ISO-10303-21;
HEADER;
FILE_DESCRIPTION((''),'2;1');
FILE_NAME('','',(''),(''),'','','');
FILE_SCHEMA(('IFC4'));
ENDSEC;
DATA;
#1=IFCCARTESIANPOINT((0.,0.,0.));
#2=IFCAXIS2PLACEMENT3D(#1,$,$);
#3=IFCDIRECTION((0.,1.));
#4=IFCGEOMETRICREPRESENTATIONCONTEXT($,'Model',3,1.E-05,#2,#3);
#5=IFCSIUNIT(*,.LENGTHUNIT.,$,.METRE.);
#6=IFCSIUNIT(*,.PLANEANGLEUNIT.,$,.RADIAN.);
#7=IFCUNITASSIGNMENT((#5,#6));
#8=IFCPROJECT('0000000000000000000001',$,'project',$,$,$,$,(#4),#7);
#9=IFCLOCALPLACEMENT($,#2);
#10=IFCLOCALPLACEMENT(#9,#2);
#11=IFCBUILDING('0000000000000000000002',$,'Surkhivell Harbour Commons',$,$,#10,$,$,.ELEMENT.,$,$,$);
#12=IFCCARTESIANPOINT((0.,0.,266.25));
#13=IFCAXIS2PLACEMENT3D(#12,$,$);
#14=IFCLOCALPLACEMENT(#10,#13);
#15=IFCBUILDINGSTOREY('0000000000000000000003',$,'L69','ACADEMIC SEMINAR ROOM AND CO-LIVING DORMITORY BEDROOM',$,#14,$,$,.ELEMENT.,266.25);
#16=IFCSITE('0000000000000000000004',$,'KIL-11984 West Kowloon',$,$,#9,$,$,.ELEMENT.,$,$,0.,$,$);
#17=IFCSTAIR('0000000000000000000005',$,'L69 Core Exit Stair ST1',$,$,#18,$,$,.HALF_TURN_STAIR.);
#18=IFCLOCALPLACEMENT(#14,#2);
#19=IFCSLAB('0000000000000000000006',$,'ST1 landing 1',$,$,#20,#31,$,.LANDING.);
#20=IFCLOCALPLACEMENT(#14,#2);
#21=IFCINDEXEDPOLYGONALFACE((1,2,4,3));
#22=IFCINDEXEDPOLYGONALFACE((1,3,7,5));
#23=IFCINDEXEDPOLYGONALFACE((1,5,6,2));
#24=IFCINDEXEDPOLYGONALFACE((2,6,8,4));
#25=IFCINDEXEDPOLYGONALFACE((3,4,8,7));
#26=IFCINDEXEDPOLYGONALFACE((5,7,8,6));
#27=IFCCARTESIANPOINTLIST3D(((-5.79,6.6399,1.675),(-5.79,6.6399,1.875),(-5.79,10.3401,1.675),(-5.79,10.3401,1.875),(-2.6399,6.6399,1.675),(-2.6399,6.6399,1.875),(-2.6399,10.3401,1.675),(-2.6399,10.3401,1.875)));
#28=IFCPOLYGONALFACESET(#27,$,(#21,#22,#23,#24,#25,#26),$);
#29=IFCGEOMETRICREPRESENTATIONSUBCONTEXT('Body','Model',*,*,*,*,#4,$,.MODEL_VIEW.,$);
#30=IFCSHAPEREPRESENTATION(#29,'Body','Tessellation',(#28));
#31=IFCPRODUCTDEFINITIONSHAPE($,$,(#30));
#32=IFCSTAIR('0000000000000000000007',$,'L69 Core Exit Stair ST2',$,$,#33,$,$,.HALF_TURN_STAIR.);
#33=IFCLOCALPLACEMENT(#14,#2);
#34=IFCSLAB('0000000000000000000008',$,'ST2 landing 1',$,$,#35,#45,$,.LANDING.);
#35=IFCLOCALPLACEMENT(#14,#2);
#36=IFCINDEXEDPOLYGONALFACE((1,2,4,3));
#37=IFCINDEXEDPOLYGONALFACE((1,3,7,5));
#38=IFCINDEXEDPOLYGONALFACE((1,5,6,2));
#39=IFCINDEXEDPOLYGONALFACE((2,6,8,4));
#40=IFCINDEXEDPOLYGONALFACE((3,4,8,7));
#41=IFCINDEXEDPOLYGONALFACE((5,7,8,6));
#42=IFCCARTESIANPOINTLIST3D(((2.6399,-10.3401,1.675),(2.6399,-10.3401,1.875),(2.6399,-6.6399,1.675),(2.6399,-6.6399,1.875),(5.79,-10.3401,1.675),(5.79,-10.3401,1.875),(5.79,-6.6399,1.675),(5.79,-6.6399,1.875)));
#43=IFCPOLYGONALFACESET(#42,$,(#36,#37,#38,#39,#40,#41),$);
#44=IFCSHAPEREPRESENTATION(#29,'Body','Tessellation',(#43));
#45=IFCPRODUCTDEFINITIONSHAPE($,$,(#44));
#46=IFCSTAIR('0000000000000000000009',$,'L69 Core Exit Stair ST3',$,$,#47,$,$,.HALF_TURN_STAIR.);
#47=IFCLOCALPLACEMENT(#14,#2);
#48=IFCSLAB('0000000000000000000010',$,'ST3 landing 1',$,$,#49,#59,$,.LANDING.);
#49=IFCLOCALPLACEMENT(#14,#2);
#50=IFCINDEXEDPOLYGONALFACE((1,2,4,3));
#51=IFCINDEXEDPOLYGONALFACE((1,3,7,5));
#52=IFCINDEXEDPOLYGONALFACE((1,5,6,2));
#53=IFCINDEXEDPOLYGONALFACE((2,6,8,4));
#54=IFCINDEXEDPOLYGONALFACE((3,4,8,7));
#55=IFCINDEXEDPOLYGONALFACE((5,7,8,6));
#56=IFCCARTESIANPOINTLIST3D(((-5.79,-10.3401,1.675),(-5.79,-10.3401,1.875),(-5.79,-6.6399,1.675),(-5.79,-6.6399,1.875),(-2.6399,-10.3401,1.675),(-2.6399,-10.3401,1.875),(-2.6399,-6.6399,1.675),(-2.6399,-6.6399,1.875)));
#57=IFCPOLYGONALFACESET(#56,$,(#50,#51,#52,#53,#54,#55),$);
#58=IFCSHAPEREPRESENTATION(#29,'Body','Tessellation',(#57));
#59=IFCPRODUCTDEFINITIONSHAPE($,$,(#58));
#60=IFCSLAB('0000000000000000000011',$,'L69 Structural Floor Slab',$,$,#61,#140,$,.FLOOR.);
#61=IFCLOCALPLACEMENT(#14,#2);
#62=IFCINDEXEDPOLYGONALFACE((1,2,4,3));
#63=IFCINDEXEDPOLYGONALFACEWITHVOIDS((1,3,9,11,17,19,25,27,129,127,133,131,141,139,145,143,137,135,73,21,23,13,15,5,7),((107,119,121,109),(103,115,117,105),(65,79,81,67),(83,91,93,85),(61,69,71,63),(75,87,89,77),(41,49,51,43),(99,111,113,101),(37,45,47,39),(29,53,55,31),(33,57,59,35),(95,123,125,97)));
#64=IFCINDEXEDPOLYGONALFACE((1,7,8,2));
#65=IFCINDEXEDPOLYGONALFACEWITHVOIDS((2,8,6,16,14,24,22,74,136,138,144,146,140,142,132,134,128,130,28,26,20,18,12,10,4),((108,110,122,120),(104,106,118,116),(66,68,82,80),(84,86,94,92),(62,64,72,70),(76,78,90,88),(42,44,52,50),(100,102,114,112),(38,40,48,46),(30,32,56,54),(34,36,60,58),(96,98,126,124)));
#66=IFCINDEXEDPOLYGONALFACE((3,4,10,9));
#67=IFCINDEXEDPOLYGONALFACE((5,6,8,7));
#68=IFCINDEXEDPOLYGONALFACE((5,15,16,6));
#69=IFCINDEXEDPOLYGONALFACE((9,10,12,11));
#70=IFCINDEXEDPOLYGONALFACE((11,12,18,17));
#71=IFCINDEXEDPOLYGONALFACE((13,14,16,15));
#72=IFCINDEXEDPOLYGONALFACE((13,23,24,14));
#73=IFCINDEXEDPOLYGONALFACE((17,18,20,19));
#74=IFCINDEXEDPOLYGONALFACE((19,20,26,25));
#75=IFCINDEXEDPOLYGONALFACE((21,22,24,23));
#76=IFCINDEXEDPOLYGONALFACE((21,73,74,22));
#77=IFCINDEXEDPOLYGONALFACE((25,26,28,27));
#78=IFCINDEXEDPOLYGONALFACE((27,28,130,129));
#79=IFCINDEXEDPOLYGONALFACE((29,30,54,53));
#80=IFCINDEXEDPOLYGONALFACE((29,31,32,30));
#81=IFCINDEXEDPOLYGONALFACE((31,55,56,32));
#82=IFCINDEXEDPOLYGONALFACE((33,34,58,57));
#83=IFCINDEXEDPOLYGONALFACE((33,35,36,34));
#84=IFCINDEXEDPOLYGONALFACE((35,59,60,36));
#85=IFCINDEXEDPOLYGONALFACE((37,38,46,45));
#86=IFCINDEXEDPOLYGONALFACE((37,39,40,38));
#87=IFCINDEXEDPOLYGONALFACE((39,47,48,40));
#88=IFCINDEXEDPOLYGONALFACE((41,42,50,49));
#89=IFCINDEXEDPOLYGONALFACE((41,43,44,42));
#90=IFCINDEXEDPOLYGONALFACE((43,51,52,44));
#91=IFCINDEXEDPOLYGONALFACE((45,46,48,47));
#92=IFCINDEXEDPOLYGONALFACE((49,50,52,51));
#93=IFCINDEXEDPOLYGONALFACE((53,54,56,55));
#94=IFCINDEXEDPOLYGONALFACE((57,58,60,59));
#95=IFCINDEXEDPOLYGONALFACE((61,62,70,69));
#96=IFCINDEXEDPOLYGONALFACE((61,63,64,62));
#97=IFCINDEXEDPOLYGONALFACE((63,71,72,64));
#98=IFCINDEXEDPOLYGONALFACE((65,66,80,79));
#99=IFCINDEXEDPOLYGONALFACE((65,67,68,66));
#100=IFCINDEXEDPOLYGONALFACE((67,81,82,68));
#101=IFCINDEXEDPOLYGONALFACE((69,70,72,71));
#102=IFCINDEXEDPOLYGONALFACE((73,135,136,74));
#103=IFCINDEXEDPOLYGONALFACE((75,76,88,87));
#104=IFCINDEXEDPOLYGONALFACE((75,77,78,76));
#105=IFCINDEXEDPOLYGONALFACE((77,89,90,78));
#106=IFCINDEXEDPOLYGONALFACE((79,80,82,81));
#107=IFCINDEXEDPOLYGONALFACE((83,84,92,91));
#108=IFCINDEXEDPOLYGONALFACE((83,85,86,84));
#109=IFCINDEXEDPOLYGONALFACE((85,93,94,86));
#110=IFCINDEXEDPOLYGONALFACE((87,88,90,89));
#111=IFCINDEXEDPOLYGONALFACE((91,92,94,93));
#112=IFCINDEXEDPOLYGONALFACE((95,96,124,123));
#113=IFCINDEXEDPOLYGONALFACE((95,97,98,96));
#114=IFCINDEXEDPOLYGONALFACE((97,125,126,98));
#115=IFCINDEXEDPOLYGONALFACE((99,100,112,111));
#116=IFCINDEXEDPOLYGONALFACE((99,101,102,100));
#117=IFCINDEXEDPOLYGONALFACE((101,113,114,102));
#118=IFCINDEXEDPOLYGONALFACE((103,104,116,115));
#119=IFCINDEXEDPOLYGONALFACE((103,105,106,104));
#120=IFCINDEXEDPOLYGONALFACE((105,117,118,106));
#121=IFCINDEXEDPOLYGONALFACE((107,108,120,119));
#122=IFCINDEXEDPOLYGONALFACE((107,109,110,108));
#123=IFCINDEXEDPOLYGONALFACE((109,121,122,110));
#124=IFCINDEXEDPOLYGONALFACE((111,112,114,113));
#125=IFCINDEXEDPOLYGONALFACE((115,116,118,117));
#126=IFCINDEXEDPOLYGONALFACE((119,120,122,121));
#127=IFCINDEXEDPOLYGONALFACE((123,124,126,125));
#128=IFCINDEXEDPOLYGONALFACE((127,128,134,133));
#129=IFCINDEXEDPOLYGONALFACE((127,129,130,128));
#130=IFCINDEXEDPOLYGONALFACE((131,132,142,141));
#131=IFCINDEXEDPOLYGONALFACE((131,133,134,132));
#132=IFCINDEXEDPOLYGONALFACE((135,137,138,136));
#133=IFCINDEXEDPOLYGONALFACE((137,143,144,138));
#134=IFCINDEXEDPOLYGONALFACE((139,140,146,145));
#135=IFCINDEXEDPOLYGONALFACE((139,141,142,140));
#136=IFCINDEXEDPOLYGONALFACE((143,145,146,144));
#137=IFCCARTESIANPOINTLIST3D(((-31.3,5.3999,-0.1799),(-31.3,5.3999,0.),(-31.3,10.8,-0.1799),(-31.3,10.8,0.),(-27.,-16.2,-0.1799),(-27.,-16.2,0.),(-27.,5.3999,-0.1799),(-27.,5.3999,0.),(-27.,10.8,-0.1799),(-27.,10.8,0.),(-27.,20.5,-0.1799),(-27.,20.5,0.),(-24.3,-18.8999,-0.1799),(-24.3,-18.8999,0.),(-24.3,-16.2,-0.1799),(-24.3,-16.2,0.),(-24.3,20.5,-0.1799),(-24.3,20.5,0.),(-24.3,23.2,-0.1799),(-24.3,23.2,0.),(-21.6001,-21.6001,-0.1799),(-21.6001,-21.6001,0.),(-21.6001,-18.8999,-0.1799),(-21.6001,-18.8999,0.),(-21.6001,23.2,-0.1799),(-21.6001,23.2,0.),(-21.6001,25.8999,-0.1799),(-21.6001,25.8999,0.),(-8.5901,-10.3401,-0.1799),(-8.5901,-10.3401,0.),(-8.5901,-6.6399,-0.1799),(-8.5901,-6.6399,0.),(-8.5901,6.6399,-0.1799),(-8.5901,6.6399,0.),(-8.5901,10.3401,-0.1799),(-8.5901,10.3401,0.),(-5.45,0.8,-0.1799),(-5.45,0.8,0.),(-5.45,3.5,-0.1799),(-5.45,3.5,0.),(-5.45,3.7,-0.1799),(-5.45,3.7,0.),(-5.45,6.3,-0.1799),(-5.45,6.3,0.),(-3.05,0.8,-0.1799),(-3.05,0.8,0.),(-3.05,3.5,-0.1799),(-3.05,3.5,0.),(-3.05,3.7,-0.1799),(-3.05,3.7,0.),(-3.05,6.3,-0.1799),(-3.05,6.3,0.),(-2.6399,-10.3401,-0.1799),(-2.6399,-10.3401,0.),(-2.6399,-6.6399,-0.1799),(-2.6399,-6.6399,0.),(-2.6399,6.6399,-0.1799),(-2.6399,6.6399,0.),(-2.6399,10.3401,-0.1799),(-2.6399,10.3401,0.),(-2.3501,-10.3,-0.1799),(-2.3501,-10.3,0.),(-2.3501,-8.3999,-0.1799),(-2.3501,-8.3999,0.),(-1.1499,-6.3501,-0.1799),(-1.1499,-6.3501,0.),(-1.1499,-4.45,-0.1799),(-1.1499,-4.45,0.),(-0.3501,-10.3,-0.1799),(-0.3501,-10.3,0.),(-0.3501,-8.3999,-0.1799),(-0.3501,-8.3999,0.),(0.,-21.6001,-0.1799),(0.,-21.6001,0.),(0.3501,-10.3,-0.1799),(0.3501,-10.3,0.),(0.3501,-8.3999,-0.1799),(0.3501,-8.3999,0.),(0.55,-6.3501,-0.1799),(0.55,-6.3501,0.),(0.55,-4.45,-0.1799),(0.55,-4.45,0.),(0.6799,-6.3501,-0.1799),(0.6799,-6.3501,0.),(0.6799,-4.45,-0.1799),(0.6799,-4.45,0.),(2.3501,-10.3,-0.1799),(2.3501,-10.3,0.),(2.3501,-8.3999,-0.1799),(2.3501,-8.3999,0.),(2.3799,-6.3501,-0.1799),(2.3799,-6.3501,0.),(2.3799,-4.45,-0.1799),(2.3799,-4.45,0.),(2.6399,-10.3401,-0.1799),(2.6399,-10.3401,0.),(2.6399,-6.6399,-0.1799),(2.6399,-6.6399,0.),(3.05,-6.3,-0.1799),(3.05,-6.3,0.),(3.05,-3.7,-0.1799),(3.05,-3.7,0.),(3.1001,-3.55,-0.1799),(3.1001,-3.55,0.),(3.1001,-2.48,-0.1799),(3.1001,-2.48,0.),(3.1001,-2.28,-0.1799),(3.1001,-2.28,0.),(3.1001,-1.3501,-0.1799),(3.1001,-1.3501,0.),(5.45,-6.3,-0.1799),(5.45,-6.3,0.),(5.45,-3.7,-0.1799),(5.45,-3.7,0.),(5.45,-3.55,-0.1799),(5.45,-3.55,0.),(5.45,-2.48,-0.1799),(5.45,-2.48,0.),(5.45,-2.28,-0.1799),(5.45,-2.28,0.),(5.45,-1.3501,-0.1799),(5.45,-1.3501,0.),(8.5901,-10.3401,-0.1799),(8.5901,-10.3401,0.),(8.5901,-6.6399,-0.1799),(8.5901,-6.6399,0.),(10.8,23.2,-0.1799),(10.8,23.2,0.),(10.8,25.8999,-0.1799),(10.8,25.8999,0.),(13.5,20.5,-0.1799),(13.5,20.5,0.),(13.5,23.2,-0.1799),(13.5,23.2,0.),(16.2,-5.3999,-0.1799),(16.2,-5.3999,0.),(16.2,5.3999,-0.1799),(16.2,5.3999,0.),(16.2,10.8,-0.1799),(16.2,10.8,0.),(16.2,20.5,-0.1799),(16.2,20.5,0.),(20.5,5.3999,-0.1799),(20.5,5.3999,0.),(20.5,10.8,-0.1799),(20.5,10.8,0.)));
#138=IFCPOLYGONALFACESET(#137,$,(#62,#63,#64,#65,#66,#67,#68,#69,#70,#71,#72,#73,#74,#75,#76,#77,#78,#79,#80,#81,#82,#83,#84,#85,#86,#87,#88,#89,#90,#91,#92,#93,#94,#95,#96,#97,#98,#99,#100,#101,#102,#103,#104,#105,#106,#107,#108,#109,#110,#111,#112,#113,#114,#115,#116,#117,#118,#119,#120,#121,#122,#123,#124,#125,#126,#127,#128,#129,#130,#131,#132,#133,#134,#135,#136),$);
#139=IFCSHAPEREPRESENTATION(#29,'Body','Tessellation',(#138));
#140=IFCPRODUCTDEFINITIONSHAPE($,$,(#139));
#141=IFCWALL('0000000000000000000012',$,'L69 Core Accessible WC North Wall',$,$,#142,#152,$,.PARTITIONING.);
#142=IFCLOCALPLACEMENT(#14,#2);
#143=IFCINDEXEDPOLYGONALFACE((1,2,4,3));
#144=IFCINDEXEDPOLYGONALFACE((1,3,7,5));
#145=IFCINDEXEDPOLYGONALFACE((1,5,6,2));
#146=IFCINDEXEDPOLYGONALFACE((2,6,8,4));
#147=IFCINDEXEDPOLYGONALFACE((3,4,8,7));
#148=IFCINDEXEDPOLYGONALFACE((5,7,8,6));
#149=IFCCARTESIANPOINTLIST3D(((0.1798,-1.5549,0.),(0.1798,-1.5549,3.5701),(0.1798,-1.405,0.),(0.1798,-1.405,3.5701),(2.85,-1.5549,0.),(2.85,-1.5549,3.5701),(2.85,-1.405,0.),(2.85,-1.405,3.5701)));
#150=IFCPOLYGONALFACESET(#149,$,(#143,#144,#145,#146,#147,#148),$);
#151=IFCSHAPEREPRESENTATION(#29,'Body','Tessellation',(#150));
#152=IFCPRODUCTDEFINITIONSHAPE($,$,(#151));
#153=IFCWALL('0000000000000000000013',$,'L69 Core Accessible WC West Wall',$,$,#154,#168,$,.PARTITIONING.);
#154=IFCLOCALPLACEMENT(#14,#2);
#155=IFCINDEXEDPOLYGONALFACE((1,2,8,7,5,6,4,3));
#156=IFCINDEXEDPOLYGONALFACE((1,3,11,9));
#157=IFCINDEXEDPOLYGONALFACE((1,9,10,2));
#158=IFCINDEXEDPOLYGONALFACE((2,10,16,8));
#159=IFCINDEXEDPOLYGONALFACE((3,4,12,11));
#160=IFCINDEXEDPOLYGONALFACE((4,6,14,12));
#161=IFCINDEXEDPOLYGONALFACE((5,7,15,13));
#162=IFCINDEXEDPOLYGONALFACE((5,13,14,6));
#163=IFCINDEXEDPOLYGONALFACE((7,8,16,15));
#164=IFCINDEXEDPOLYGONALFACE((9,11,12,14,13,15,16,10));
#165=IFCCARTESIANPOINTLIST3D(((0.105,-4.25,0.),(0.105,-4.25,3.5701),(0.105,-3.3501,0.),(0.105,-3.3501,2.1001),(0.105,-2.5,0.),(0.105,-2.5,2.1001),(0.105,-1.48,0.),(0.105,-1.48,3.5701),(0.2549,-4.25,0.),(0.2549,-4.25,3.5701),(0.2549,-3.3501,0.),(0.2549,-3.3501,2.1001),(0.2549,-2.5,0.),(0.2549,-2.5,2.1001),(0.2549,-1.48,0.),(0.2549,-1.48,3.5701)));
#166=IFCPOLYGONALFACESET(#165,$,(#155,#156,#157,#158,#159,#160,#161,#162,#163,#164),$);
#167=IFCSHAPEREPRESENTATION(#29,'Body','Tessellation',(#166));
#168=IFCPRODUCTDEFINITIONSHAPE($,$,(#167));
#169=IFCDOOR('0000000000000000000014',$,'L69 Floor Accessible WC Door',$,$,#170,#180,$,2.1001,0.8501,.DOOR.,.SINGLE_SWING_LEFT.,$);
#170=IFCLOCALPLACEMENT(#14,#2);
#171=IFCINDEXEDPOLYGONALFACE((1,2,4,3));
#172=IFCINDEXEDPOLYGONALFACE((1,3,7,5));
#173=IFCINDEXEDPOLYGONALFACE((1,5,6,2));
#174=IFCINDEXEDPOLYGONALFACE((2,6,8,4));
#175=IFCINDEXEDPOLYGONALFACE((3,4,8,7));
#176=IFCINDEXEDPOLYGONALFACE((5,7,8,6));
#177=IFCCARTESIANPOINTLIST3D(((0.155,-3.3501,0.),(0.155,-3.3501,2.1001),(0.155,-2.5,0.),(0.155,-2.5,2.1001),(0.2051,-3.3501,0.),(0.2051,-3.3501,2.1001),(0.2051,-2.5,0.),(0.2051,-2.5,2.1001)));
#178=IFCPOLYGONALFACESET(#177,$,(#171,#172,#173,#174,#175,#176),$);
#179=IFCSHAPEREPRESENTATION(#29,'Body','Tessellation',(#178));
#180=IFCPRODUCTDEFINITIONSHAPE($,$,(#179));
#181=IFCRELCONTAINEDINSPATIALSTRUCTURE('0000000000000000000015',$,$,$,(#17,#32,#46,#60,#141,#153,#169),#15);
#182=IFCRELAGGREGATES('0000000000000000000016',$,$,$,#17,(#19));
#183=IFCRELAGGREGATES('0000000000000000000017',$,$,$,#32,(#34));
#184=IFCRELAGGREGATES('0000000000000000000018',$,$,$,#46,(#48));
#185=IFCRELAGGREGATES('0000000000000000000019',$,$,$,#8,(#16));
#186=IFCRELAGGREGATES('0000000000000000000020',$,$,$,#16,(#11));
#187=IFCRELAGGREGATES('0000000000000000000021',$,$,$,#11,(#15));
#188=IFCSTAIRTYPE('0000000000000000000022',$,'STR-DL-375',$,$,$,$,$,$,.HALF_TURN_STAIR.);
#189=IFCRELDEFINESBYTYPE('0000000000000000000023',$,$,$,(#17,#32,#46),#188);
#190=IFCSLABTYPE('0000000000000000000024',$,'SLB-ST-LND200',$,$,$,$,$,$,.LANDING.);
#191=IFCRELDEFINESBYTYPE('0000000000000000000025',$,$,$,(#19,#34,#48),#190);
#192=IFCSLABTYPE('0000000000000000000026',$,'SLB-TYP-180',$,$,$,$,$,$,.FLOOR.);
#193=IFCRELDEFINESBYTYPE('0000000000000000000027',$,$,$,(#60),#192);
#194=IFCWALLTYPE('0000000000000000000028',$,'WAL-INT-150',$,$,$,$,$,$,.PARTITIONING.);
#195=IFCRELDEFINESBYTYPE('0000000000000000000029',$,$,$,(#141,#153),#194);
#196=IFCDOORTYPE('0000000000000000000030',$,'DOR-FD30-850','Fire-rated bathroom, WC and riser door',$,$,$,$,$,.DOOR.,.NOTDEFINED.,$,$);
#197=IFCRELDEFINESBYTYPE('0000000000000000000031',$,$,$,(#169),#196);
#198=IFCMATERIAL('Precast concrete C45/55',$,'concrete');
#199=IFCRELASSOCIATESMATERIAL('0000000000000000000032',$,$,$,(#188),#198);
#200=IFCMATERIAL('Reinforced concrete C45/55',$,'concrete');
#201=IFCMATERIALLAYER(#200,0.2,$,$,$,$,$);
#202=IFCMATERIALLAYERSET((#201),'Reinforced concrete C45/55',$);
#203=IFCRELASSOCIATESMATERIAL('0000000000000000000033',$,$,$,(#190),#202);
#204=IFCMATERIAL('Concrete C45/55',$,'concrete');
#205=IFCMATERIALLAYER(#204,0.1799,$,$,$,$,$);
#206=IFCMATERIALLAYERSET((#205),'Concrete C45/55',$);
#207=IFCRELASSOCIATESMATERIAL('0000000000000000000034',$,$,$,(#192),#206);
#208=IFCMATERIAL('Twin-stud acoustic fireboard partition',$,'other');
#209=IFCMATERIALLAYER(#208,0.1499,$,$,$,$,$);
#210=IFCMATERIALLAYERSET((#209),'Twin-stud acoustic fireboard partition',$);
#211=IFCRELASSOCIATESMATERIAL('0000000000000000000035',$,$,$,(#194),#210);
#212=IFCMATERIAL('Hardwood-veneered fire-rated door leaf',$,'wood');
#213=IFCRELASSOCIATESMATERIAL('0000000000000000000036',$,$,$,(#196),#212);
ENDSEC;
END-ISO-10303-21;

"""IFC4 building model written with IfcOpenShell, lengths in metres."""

from ifc_helpers import new_model, si_unit, direction, frame, frame_2d, origin, place, context, subcontext, project, spatial, polyline, rectangle, outline, extrude, material, layer, layer_set, type_object, element, fill, aggregate, save


model = new_model("IFC4")

# Units and contexts
model_context = context("Model", 3, precision=1e-05, world=origin(), true_north=direction((0.0, 1.0)))
body_context = subcontext(model_context, "Body", "Model", "MODEL_VIEW")
ifc_project = project(units=[si_unit("LENGTHUNIT", "METRE"), si_unit("PLANEANGLEUNIT", "RADIAN")], contexts=[model_context])

# Site, building, storey
site_placement = place(None, origin())
site = spatial("IfcSite", under=ifc_project, at=site_placement, Name="KIL-11984 West Kowloon", CompositionType="ELEMENT", RefElevation=0.0)
building_placement = place(site_placement, origin())
building = spatial("IfcBuilding", under=site, at=building_placement, Name="Surkhivell Harbour Commons", CompositionType="ELEMENT")
storey_placement = place(building_placement, frame((0.0, 0.0, 266.25)))
storey = spatial("IfcBuildingStorey", under=building, at=storey_placement, Name="L69", Description="ACADEMIC SEMINAR ROOM AND CO-LIVING DORMITORY BEDROOM", CompositionType="ELEMENT", Elevation=266.25)

# Stairs, slabs
ifc_material_1 = material(Name="Precast concrete C45/55", Category="concrete")
stair_type = type_object("IfcStairType", Name="STR-DL-375", PredefinedType="HALF_TURN_STAIR", material=ifc_material_1)
stair_1_placement = place(storey_placement, origin())
stair_1 = element("IfcStair", 1, at=stair_1_placement, inside=storey, type_object=stair_type, Name="L69 Core Exit Stair ST1", PredefinedType="HALF_TURN_STAIR")
ifc_material_2 = material(Name="Reinforced concrete C45/55", Category="concrete")
ifc_layer_1 = layer(ifc_material_2, 0.2)
ifc_layer_set_1 = layer_set([ifc_layer_1], Name="Reinforced concrete C45/55")
slab_type_1 = type_object("IfcSlabType", Name="SLB-ST-LND200", PredefinedType="LANDING", material=ifc_layer_set_1)
slab_1_placement = place(storey_placement, frame((0.0, 0.0, 1.675)))
slab_1 = element("IfcSlab", 2, at=slab_1_placement, type_object=slab_type_1, Name="ST1 landing 1", PredefinedType="LANDING", context=body_context, shape_type="SweptSolid", body=[
    extrude(outline(polyline([(-5.79, 6.6399), (-2.6399, 6.6399), (-2.6399, 10.3401), (-5.79, 10.3401), (-5.79, 6.6399)])), origin(), (0.0, 0.0, 1.0), 0.2),
])
aggregate(stair_1, [slab_1])
stair_2_placement = place(storey_placement, origin())
stair_2 = element("IfcStair", 3, at=stair_2_placement, inside=storey, type_object=stair_type, Name="L69 Core Exit Stair ST2", PredefinedType="HALF_TURN_STAIR")
slab_2_placement = place(storey_placement, frame((0.0, 0.0, 1.675)))
slab_2 = element("IfcSlab", 4, at=slab_2_placement, type_object=slab_type_1, Name="ST2 landing 1", PredefinedType="LANDING", context=body_context, shape_type="SweptSolid", body=[
    extrude(outline(polyline([(5.79, -6.6399), (2.6399, -6.6399), (2.6399, -10.3401), (5.79, -10.3401), (5.79, -6.6399)])), origin(), (0.0, 0.0, 1.0), 0.2),
])
aggregate(stair_2, [slab_2])
stair_3_placement = place(storey_placement, origin())
stair_3 = element("IfcStair", 5, at=stair_3_placement, inside=storey, type_object=stair_type, Name="L69 Core Exit Stair ST3", PredefinedType="HALF_TURN_STAIR")
slab_3_placement = place(storey_placement, frame((0.0, 0.0, 1.675)))
slab_3 = element("IfcSlab", 6, at=slab_3_placement, type_object=slab_type_1, Name="ST3 landing 1", PredefinedType="LANDING", context=body_context, shape_type="SweptSolid", body=[
    extrude(outline(polyline([(-5.79, -10.3401), (-2.6399, -10.3401), (-2.6399, -6.6399), (-5.79, -6.6399), (-5.79, -10.3401)])), origin(), (0.0, 0.0, 1.0), 0.2),
])
aggregate(stair_3, [slab_3])

# Slab
ifc_material_3 = material(Name="Concrete C45/55", Category="concrete")
ifc_layer_2 = layer(ifc_material_3, 0.1799)
ifc_layer_set_2 = layer_set([ifc_layer_2], Name="Concrete C45/55")
slab_type_2 = type_object("IfcSlabType", Name="SLB-TYP-180", PredefinedType="FLOOR", material=ifc_layer_set_2)
slab_4_placement = place(storey_placement, frame((0.0, 0.0, -0.1799)))
element("IfcSlab", 7, at=slab_4_placement, inside=storey, type_object=slab_type_2, Name="L69 Structural Floor Slab", PredefinedType="FLOOR", context=body_context, shape_type="SweptSolid", body=[
    extrude(outline(polyline([(-27.0, 20.5), (-27.0, 10.8), (-31.3, 10.8), (-31.3, 5.3999), (-27.0, 5.3999), (-27.0, -16.2), (-24.3, -16.2), (-24.3, -18.8999), (-21.6001, -18.8999), (-21.6001, -21.6001), (0.0, -21.6001), (16.2, -5.3999), (16.2, 5.3999), (20.5, 5.3999), (20.5, 10.8), (16.2, 10.8), (16.2, 20.5), (13.5, 20.5), (13.5, 23.2), (10.8, 23.2), (10.8, 25.8999), (-21.6001, 25.8999), (-21.6001, 23.2), (-24.3, 23.2), (-24.3, 20.5), (-27.0, 20.5)]), holes=[polyline([(-8.5901, 6.6399), (-2.6399, 6.6399), (-2.6399, 10.3401), (-8.5901, 10.3401), (-8.5901, 6.6399)]), polyline([(8.5901, -6.6399), (2.6399, -6.6399), (2.6399, -10.3401), (8.5901, -10.3401), (8.5901, -6.6399)]), polyline([(-8.5901, -10.3401), (-2.6399, -10.3401), (-2.6399, -6.6399), (-8.5901, -6.6399), (-8.5901, -10.3401)]), polyline([(-1.1499, -6.3501), (0.55, -6.3501), (0.55, -4.45), (-1.1499, -4.45), (-1.1499, -6.3501)]), polyline([(0.6799, -6.3501), (2.3799, -6.3501), (2.3799, -4.45), (0.6799, -4.45), (0.6799, -6.3501)]), polyline([(-2.3501, -10.3), (-0.3501, -10.3), (-0.3501, -8.3999), (-2.3501, -8.3999), (-2.3501, -10.3)]), polyline([(0.3501, -10.3), (2.3501, -10.3), (2.3501, -8.3999), (0.3501, -8.3999), (0.3501, -10.3)]), polyline([(-5.45, 3.7), (-3.05, 3.7), (-3.05, 6.3), (-5.45, 6.3), (-5.45, 3.7)]), polyline([(3.05, -6.3), (5.45, -6.3), (5.45, -3.7), (3.05, -3.7), (3.05, -6.3)]), polyline([(-5.45, 0.8), (-3.05, 0.8), (-3.05, 3.5), (-5.45, 3.5), (-5.45, 0.8)]), polyline([(3.1001, -3.55), (5.45, -3.55), (5.45, -2.48), (3.1001, -2.48), (3.1001, -3.55)]), polyline([(3.1001, -2.28), (5.45, -2.28), (5.45, -1.3501), (3.1001, -1.3501), (3.1001, -2.28)])]), origin(), (0.0, 0.0, 1.0), 0.1799),
])

# Wall
ifc_material_4 = material(Name="Twin-stud acoustic fireboard partition", Category="other")
ifc_layer_3 = layer(ifc_material_4, 0.1499)
ifc_layer_set_3 = layer_set([ifc_layer_3], Name="Twin-stud acoustic fireboard partition")
wall_type_1 = type_object("IfcWallType", Name="WAL-INT-150", PredefinedType="PARTITIONING", material=ifc_layer_set_3)
wall_1_placement = place(storey_placement, frame((0.1799, -1.48, 0.0), z_axis=(0.0, 0.0, 1.0), x_axis=(1.0, 0.0, 0.0)))
element("IfcWall", 8, at=wall_1_placement, inside=storey, type_object=wall_type_1, Name="L69 Core Accessible WC North Wall", PredefinedType="PARTITIONING", context=body_context, shape_type="SweptSolid", body=[
    extrude(rectangle(XDim=2.6702, YDim=0.1499, at=frame_2d((1.335, 0.0))), origin(), (0.0, 0.0, 1.0), 3.5701),
])

# Wall, opening, door
wall_2_placement = place(storey_placement, frame((0.1799, -4.25, 0.0), z_axis=(0.0, 0.0, 1.0), x_axis=(0.0, 1.0, 0.0)))
wall_2 = element("IfcWall", 9, at=wall_2_placement, inside=storey, type_object=wall_type_1, Name="L69 Core Accessible WC West Wall", PredefinedType="PARTITIONING", context=body_context, shape_type="SweptSolid", body=[
    extrude(rectangle(XDim=2.77, YDim=0.1499, at=frame_2d((1.385, 0.0))), origin(), (0.0, 0.0, 1.0), 3.5701),
])
opening_1_placement = place(wall_2_placement, frame((0.8999, 0.0, 0.0)))
opening_1 = element("IfcOpeningElement", 10, at=opening_1_placement, cuts=wall_2, PredefinedType="OPENING", context=body_context, shape_type="SweptSolid", body=[
    extrude(rectangle(XDim=0.8501, YDim=2.1001, at=frame_2d((0.425, 1.05))), frame((0.0, 0.085, 0.0), z_axis=(0.0, -1.0, 0.0), x_axis=(1.0, 0.0, 0.0)), (0.0, 0.0, 1.0), 0.1699),
])
ifc_material_5 = material(Name="Hardwood-veneered fire-rated door leaf", Category="wood")
door_type_1 = type_object("IfcDoorType", Name="DOR-FD30-850", Description="Fire-rated bathroom, WC and riser door", OperationType="NOTDEFINED", PredefinedType="DOOR", material=ifc_material_5)
door_1_placement = place(opening_1_placement, origin())
door_1 = element("IfcDoor", 11, at=door_1_placement, inside=storey, type_object=door_type_1, Name="L69 Floor Accessible WC Door", OperationType="SINGLE_SWING_LEFT", OverallHeight=2.1001, OverallWidth=0.8501, PredefinedType="DOOR", context=body_context, shape_type="SweptSolid", body=[
    extrude(rectangle(XDim=0.8501, YDim=2.1001, at=frame_2d((0.425, 1.05))), frame((0.0, 0.0249, 0.0), z_axis=(0.0, -1.0, 0.0), x_axis=(1.0, 0.0, 0.0)), (0.0, 0.0, 1.0), 0.05),
])
fill(opening_1, door_1)

save(model, "model.ifc")
